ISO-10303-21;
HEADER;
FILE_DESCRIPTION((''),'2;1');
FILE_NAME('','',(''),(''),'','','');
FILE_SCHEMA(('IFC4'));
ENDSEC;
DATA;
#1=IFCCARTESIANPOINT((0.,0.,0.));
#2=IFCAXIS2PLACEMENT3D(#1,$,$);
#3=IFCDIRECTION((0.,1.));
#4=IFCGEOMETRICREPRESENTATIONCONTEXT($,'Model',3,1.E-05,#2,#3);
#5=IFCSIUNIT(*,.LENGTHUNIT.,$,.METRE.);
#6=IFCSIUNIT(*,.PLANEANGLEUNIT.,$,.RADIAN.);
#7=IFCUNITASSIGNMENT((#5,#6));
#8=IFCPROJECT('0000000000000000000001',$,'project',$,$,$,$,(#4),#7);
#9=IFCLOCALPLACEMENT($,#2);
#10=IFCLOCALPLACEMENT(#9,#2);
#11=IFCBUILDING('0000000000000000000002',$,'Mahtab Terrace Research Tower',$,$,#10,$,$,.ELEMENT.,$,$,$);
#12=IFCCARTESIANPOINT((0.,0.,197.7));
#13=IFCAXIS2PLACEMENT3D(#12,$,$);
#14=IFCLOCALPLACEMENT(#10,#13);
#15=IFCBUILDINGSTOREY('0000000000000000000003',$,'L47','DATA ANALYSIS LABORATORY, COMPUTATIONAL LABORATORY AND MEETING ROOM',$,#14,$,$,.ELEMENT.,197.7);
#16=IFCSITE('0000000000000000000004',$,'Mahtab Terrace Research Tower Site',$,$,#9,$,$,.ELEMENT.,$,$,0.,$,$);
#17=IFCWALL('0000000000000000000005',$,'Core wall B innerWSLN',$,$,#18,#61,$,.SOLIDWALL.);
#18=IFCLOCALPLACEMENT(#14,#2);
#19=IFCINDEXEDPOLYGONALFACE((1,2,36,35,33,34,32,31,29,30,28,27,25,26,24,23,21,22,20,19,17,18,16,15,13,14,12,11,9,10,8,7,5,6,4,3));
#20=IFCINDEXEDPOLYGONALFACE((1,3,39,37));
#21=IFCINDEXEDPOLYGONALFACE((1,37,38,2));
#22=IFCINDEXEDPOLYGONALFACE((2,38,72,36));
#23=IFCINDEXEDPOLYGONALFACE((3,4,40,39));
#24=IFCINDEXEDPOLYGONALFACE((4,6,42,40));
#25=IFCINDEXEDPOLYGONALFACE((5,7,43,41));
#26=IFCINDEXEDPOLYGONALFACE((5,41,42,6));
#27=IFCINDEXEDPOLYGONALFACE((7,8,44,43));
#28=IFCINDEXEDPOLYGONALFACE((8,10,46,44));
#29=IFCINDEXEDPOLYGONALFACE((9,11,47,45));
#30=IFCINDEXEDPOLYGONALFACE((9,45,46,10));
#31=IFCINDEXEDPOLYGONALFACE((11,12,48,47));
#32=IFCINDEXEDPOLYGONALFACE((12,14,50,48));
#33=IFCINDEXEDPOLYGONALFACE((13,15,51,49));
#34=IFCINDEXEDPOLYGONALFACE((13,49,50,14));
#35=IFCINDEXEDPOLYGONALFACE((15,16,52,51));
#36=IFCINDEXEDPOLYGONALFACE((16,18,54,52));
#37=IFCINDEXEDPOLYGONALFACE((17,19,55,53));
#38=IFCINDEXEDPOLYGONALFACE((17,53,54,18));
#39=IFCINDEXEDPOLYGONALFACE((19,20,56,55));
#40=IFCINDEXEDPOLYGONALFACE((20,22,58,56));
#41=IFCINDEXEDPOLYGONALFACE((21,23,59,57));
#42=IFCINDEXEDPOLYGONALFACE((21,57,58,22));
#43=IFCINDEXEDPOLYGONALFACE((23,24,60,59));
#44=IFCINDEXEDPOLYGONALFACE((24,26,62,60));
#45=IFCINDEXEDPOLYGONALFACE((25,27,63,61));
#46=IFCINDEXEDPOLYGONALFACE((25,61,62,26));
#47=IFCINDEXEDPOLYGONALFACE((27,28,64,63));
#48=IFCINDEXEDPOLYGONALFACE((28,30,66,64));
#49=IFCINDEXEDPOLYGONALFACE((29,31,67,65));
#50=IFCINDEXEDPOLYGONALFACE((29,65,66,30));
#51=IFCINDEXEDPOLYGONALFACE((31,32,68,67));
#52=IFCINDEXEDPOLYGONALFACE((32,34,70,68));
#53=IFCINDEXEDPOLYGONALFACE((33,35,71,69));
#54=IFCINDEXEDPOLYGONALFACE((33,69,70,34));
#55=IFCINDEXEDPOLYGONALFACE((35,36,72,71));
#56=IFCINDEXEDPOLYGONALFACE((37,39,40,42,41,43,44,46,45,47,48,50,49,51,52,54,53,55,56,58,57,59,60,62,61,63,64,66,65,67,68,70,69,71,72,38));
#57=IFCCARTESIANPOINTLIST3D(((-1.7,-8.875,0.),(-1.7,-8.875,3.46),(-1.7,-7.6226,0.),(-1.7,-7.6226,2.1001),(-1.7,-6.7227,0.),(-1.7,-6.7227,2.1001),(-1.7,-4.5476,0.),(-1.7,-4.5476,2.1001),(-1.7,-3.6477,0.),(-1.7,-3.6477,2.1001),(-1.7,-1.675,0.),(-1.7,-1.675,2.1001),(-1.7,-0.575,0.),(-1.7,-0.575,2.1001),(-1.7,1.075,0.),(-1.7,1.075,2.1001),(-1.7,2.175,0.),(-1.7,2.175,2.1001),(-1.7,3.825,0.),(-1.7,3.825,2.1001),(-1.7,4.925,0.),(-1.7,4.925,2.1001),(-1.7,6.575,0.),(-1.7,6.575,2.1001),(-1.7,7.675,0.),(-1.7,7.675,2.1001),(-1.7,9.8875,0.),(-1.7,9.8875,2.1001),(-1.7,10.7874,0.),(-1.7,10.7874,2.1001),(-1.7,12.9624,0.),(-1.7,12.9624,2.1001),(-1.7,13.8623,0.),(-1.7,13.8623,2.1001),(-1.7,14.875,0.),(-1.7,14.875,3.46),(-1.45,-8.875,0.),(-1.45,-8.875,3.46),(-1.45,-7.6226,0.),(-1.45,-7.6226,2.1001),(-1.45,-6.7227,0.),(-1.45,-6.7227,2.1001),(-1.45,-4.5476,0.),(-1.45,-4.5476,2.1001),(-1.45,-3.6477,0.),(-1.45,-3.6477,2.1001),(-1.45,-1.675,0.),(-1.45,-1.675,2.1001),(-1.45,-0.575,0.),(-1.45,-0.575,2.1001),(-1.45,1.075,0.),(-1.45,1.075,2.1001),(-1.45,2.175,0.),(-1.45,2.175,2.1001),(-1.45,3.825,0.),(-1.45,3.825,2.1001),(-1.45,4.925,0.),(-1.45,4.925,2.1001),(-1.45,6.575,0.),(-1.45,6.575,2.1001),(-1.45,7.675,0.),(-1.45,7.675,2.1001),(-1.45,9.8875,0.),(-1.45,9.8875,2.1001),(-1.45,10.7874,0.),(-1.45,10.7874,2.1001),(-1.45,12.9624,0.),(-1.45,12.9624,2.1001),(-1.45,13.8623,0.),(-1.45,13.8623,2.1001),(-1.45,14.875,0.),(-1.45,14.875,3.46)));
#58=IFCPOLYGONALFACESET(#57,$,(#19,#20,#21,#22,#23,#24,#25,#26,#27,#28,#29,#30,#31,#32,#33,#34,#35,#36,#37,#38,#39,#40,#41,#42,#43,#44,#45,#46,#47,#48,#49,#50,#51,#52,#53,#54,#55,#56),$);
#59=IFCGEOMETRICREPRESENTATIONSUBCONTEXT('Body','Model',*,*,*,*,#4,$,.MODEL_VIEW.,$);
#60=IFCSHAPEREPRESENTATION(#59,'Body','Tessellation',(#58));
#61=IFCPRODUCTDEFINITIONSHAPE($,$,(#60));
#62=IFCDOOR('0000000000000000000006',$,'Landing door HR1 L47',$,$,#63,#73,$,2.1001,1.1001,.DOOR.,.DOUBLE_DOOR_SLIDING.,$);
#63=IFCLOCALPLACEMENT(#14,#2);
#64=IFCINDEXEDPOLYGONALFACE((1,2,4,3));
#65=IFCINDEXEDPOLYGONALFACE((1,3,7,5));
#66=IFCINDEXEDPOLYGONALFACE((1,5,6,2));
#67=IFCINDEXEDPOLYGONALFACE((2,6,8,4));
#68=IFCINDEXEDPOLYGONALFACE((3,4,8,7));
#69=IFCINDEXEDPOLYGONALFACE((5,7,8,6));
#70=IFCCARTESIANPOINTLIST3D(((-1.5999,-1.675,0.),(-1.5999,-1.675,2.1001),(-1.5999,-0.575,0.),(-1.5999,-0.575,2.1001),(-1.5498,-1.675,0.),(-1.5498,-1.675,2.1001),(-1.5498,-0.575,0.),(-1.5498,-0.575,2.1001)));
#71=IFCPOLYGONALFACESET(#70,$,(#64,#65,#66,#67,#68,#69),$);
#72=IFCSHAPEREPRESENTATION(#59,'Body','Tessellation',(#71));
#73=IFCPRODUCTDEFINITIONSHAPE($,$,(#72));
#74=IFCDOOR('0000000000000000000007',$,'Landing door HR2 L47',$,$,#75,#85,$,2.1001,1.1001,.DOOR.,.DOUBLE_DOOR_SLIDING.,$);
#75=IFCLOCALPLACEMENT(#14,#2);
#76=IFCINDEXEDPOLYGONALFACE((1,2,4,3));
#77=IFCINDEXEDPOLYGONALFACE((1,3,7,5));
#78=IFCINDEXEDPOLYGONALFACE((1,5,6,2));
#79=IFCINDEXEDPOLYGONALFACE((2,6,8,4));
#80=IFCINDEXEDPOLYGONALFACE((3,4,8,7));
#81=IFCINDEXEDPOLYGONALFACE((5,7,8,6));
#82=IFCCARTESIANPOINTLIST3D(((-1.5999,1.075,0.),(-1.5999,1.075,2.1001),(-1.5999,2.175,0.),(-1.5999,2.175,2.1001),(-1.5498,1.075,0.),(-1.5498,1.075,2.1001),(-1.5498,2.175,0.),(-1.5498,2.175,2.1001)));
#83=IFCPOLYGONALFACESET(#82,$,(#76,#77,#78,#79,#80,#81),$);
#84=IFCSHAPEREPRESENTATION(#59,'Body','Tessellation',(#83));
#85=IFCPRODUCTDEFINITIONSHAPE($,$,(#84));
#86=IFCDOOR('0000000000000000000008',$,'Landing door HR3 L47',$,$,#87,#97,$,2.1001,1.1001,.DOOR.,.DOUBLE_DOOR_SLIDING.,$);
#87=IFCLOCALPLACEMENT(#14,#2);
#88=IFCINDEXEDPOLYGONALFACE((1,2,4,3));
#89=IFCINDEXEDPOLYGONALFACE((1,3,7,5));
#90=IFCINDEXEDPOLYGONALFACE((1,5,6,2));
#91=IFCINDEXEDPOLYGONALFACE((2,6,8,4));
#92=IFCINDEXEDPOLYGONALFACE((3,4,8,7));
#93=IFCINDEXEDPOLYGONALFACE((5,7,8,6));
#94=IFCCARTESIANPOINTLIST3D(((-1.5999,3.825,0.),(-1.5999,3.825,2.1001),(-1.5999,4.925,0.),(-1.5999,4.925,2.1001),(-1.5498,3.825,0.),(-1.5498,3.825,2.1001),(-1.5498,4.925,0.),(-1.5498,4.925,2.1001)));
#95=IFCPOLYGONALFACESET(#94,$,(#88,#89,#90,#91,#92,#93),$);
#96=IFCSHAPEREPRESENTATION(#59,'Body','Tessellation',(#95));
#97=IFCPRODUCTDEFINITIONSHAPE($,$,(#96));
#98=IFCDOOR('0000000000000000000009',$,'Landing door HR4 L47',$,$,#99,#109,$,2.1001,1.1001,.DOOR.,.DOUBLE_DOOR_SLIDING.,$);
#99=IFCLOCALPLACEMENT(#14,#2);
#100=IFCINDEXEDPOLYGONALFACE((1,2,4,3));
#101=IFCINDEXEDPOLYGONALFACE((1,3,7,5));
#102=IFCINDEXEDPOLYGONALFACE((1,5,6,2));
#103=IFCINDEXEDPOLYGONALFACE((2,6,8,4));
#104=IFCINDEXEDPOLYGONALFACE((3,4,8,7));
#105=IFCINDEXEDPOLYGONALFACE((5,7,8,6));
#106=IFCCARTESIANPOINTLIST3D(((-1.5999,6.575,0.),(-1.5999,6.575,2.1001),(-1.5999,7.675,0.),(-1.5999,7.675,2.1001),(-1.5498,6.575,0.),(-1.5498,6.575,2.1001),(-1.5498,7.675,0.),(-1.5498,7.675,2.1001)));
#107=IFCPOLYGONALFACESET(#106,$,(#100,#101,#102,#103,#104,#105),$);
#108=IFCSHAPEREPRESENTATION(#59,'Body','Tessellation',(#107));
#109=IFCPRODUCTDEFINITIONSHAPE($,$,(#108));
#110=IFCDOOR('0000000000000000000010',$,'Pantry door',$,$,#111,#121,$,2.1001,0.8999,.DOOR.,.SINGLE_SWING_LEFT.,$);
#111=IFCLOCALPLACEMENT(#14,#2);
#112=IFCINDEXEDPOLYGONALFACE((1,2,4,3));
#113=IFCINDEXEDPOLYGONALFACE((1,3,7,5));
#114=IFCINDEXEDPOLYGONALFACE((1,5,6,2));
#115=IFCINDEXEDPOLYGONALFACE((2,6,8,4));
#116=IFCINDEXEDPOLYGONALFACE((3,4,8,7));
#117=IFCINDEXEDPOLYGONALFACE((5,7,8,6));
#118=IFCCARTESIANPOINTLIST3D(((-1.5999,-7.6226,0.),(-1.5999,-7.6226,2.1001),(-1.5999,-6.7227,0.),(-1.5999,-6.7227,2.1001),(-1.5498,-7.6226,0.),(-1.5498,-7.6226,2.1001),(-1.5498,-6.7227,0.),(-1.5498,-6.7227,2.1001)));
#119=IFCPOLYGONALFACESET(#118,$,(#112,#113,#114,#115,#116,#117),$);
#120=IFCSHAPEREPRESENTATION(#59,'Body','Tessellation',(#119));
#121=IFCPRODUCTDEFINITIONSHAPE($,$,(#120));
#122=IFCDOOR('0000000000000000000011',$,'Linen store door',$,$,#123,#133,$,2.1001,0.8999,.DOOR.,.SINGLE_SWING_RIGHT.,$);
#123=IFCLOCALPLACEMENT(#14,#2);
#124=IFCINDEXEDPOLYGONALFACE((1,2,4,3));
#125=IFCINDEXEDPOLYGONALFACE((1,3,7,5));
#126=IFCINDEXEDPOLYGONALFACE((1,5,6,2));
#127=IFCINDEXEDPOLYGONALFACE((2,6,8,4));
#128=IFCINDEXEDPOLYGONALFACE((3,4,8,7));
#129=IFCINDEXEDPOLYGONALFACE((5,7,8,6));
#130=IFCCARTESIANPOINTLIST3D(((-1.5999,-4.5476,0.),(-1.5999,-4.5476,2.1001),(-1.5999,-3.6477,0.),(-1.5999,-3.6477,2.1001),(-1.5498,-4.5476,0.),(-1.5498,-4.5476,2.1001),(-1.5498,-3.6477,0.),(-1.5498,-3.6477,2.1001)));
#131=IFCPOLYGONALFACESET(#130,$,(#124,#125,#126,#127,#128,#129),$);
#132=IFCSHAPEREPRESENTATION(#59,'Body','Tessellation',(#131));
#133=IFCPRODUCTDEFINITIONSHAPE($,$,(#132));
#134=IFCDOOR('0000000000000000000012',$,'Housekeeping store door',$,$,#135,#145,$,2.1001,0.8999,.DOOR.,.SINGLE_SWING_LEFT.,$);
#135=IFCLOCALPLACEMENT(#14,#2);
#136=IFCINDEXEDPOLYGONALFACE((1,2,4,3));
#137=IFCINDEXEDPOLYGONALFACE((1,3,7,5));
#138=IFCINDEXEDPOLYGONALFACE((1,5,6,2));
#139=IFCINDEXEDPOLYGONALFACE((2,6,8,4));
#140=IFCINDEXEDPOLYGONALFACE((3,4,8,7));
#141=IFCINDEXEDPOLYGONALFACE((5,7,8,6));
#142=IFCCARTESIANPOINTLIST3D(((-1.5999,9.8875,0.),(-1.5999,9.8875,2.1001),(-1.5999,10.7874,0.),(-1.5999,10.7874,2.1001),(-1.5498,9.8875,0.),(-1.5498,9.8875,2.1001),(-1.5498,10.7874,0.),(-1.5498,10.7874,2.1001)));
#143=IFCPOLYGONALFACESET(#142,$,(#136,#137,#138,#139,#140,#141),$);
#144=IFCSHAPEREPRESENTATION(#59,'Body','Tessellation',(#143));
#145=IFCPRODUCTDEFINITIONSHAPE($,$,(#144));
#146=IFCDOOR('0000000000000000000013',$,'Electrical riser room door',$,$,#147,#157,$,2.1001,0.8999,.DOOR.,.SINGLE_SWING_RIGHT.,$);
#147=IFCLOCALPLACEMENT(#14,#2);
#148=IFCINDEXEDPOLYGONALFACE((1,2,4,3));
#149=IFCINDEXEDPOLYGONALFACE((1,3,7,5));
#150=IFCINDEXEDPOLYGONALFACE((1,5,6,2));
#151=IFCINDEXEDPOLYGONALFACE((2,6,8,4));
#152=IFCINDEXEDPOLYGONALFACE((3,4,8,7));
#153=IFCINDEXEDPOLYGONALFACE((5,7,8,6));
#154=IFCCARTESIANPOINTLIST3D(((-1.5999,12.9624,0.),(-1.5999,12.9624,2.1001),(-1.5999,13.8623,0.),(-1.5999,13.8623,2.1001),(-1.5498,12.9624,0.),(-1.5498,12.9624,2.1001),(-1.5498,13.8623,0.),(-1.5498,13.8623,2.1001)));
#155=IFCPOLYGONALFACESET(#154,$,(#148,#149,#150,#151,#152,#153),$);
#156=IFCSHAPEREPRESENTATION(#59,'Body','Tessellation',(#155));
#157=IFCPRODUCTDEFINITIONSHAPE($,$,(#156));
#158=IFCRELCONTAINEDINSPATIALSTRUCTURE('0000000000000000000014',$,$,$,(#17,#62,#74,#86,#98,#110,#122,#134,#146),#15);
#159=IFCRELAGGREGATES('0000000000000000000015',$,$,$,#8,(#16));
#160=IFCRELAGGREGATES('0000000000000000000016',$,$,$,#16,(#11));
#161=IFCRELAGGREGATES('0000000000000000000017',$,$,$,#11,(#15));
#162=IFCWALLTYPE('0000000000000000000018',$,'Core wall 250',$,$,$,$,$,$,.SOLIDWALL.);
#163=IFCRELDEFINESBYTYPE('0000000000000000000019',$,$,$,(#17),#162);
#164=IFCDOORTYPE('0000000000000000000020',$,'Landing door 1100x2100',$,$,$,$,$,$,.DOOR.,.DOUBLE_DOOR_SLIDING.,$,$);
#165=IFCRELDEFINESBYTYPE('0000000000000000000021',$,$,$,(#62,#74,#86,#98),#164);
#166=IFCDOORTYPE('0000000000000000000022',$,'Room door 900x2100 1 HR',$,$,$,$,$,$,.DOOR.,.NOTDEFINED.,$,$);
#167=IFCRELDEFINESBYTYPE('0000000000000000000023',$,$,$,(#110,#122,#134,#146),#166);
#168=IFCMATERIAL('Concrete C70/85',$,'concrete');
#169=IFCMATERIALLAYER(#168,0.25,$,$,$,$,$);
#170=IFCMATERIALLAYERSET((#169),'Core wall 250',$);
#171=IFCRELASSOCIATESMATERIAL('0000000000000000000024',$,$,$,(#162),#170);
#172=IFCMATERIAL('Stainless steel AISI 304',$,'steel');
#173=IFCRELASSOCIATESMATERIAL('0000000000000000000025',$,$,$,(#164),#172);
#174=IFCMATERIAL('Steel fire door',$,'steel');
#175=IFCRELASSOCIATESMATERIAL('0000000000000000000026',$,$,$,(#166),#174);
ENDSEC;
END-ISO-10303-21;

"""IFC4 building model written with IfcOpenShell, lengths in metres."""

from ifc_helpers import new_model, si_unit, direction, frame, frame_2d, origin, place, context, subcontext, project, spatial, rectangle, extrude, material, layer, layer_set, type_object, element, fill, save


model = new_model("IFC4")

# Units and contexts
model_context = context("Model", 3, precision=1e-05, world=origin(), true_north=direction((0.0, 1.0)))
body_context = subcontext(model_context, "Body", "Model", "MODEL_VIEW")
ifc_project = project(units=[si_unit("LENGTHUNIT", "METRE"), si_unit("PLANEANGLEUNIT", "RADIAN")], contexts=[model_context])

# Site, building, storey
site_placement = place(None, origin())
site = spatial("IfcSite", under=ifc_project, at=site_placement, Name="Mahtab Terrace Research Tower Site", CompositionType="ELEMENT", RefElevation=0.0)
building_placement = place(site_placement, origin())
building = spatial("IfcBuilding", under=site, at=building_placement, Name="Mahtab Terrace Research Tower", CompositionType="ELEMENT")
storey_placement = place(building_placement, frame((0.0, 0.0, 197.7)))
storey = spatial("IfcBuildingStorey", under=building, at=storey_placement, Name="L47", Description="DATA ANALYSIS LABORATORY, COMPUTATIONAL LABORATORY AND MEETING ROOM", CompositionType="ELEMENT", Elevation=197.7)

# Shared definitions
ifc_material_1 = material(Name="Concrete C70/85", Category="concrete")

# Shared definitions
ifc_layer_1 = layer(ifc_material_1, 0.25)
ifc_layer_set_1 = layer_set([ifc_layer_1], Name="Core wall 250")
wall_type_1 = type_object("IfcWallType", Name="Core wall 250", PredefinedType="SOLIDWALL", material=ifc_layer_set_1)

# Shared definitions
ifc_material_2 = material(Name="Steel fire door", Category="steel")

# Wall, openings, doors
wall_1_placement = place(storey_placement, frame((-1.575, -8.875, 0.0), z_axis=(0.0, 0.0, 1.0), x_axis=(0.0, 1.0, 0.0)))
wall_1 = element("IfcWall", 1, at=wall_1_placement, inside=storey, type_object=wall_type_1, Name="Core wall B innerWSLN", PredefinedType="SOLIDWALL", context=body_context, shape_type="SweptSolid", body=[
    extrude(rectangle(XDim=23.75, YDim=0.25, at=frame_2d((11.875, 0.0))), origin(), (0.0, 0.0, 1.0), 3.46),
])
opening_1_placement = place(wall_1_placement, frame((7.2, 0.0, 0.0)))
opening_1 = element("IfcOpeningElement", 2, at=opening_1_placement, cuts=wall_1, PredefinedType="OPENING", context=body_context, shape_type="SweptSolid", body=[
    extrude(rectangle(XDim=1.1001, YDim=2.1001, at=frame_2d((0.55, 1.05))), frame((0.0, 0.135, 0.0), z_axis=(0.0, -1.0, 0.0), x_axis=(1.0, 0.0, 0.0)), (0.0, 0.0, 1.0), 0.27),
])
opening_2_placement = place(wall_1_placement, frame((9.95, 0.0, 0.0)))
opening_2 = element("IfcOpeningElement", 3, at=opening_2_placement, cuts=wall_1, PredefinedType="OPENING", context=body_context, shape_type="SweptSolid", body=[
    extrude(rectangle(XDim=1.1001, YDim=2.1001, at=frame_2d((0.55, 1.05))), frame((0.0, 0.135, 0.0), z_axis=(0.0, -1.0, 0.0), x_axis=(1.0, 0.0, 0.0)), (0.0, 0.0, 1.0), 0.27),
])
opening_3_placement = place(wall_1_placement, frame((12.7, 0.0, 0.0)))
opening_3 = element("IfcOpeningElement", 4, at=opening_3_placement, cuts=wall_1, PredefinedType="OPENING", context=body_context, shape_type="SweptSolid", body=[
    extrude(rectangle(XDim=1.1001, YDim=2.1001, at=frame_2d((0.55, 1.05))), frame((0.0, 0.135, 0.0), z_axis=(0.0, -1.0, 0.0), x_axis=(1.0, 0.0, 0.0)), (0.0, 0.0, 1.0), 0.27),
])
opening_4_placement = place(wall_1_placement, frame((15.45, 0.0, 0.0)))
opening_4 = element("IfcOpeningElement", 5, at=opening_4_placement, cuts=wall_1, PredefinedType="OPENING", context=body_context, shape_type="SweptSolid", body=[
    extrude(rectangle(XDim=1.1001, YDim=2.1001, at=frame_2d((0.55, 1.05))), frame((0.0, 0.135, 0.0), z_axis=(0.0, -1.0, 0.0), x_axis=(1.0, 0.0, 0.0)), (0.0, 0.0, 1.0), 0.27),
])
opening_5_placement = place(wall_1_placement, frame((1.2524, 0.0, 0.0)))
opening_5 = element("IfcOpeningElement", 6, at=opening_5_placement, cuts=wall_1, PredefinedType="OPENING", context=body_context, shape_type="SweptSolid", body=[
    extrude(rectangle(XDim=0.8999, YDim=2.1001, at=frame_2d((0.45, 1.05))), frame((0.0, 0.135, 0.0), z_axis=(0.0, -1.0, 0.0), x_axis=(1.0, 0.0, 0.0)), (0.0, 0.0, 1.0), 0.27),
])
opening_6_placement = place(wall_1_placement, frame((4.3274, 0.0, 0.0)))
opening_6 = element("IfcOpeningElement", 7, at=opening_6_placement, cuts=wall_1, PredefinedType="OPENING", context=body_context, shape_type="SweptSolid", body=[
    extrude(rectangle(XDim=0.8999, YDim=2.1001, at=frame_2d((0.45, 1.05))), frame((0.0, 0.135, 0.0), z_axis=(0.0, -1.0, 0.0), x_axis=(1.0, 0.0, 0.0)), (0.0, 0.0, 1.0), 0.27),
])
opening_7_placement = place(wall_1_placement, frame((18.7625, 0.0, 0.0)))
opening_7 = element("IfcOpeningElement", 8, at=opening_7_placement, cuts=wall_1, PredefinedType="OPENING", context=body_context, shape_type="SweptSolid", body=[
    extrude(rectangle(XDim=0.8999, YDim=2.1001, at=frame_2d((0.45, 1.05))), frame((0.0, 0.135, 0.0), z_axis=(0.0, -1.0, 0.0), x_axis=(1.0, 0.0, 0.0)), (0.0, 0.0, 1.0), 0.27),
])
opening_8_placement = place(wall_1_placement, frame((21.8374, 0.0, 0.0)))
opening_8 = element("IfcOpeningElement", 9, at=opening_8_placement, cuts=wall_1, PredefinedType="OPENING", context=body_context, shape_type="SweptSolid", body=[
    extrude(rectangle(XDim=0.8999, YDim=2.1001, at=frame_2d((0.45, 1.05))), frame((0.0, 0.135, 0.0), z_axis=(0.0, -1.0, 0.0), x_axis=(1.0, 0.0, 0.0)), (0.0, 0.0, 1.0), 0.27),
])
ifc_material_3 = material(Name="Stainless steel AISI 304", Category="steel")
door_type_1 = type_object("IfcDoorType", Name="Landing door 1100x2100", OperationType="DOUBLE_DOOR_SLIDING", PredefinedType="DOOR", material=ifc_material_3)
door_1_placement = place(opening_1_placement, origin())
door_1 = element("IfcDoor", 10, at=door_1_placement, inside=storey, type_object=door_type_1, Name="Landing door HR1 L47", OperationType="DOUBLE_DOOR_SLIDING", OverallHeight=2.1001, OverallWidth=1.1001, PredefinedType="DOOR", context=body_context, shape_type="SweptSolid", body=[
    extrude(rectangle(XDim=1.1001, YDim=2.1001, at=frame_2d((0.55, 1.05))), frame((0.0, 0.0249, 0.0), z_axis=(0.0, -1.0, 0.0), x_axis=(1.0, 0.0, 0.0)), (0.0, 0.0, 1.0), 0.05),
])
fill(opening_1, door_1)
door_2_placement = place(opening_2_placement, origin())
door_2 = element("IfcDoor", 11, at=door_2_placement, inside=storey, type_object=door_type_1, Name="Landing door HR2 L47", OperationType="DOUBLE_DOOR_SLIDING", OverallHeight=2.1001, OverallWidth=1.1001, PredefinedType="DOOR", context=body_context, shape_type="SweptSolid", body=[
    extrude(rectangle(XDim=1.1001, YDim=2.1001, at=frame_2d((0.55, 1.05))), frame((0.0, 0.0249, 0.0), z_axis=(0.0, -1.0, 0.0), x_axis=(1.0, 0.0, 0.0)), (0.0, 0.0, 1.0), 0.05),
])
fill(opening_2, door_2)
door_3_placement = place(opening_3_placement, origin())
door_3 = element("IfcDoor", 12, at=door_3_placement, inside=storey, type_object=door_type_1, Name="Landing door HR3 L47", OperationType="DOUBLE_DOOR_SLIDING", OverallHeight=2.1001, OverallWidth=1.1001, PredefinedType="DOOR", context=body_context, shape_type="SweptSolid", body=[
    extrude(rectangle(XDim=1.1001, YDim=2.1001, at=frame_2d((0.55, 1.05))), frame((0.0, 0.0249, 0.0), z_axis=(0.0, -1.0, 0.0), x_axis=(1.0, 0.0, 0.0)), (0.0, 0.0, 1.0), 0.05),
])
fill(opening_3, door_3)
door_4_placement = place(opening_4_placement, origin())
door_4 = element("IfcDoor", 13, at=door_4_placement, inside=storey, type_object=door_type_1, Name="Landing door HR4 L47", OperationType="DOUBLE_DOOR_SLIDING", OverallHeight=2.1001, OverallWidth=1.1001, PredefinedType="DOOR", context=body_context, shape_type="SweptSolid", body=[
    extrude(rectangle(XDim=1.1001, YDim=2.1001, at=frame_2d((0.55, 1.05))), frame((0.0, 0.0249, 0.0), z_axis=(0.0, -1.0, 0.0), x_axis=(1.0, 0.0, 0.0)), (0.0, 0.0, 1.0), 0.05),
])
fill(opening_4, door_4)
door_type_2 = type_object("IfcDoorType", Name="Room door 900x2100 1 HR", OperationType="NOTDEFINED", PredefinedType="DOOR", material=ifc_material_2)
door_5_placement = place(opening_5_placement, origin())
door_5 = element("IfcDoor", 14, at=door_5_placement, inside=storey, type_object=door_type_2, Name="Pantry door", OperationType="SINGLE_SWING_LEFT", OverallHeight=2.1001, OverallWidth=0.8999, PredefinedType="DOOR", context=body_context, shape_type="SweptSolid", body=[
    extrude(rectangle(XDim=0.8999, YDim=2.1001, at=frame_2d((0.45, 1.05))), frame((0.0, 0.0249, 0.0), z_axis=(0.0, -1.0, 0.0), x_axis=(1.0, 0.0, 0.0)), (0.0, 0.0, 1.0), 0.05),
])
fill(opening_5, door_5)
door_6_placement = place(opening_6_placement, origin())
door_6 = element("IfcDoor", 15, at=door_6_placement, inside=storey, type_object=door_type_2, Name="Linen store door", OperationType="SINGLE_SWING_RIGHT", OverallHeight=2.1001, OverallWidth=0.8999, PredefinedType="DOOR", context=body_context, shape_type="SweptSolid", body=[
    extrude(rectangle(XDim=0.8999, YDim=2.1001, at=frame_2d((0.45, 1.05))), frame((0.0, 0.0249, 0.0), z_axis=(0.0, -1.0, 0.0), x_axis=(1.0, 0.0, 0.0)), (0.0, 0.0, 1.0), 0.05),
])
fill(opening_6, door_6)
door_7_placement = place(opening_7_placement, origin())
door_7 = element("IfcDoor", 16, at=door_7_placement, inside=storey, type_object=door_type_2, Name="Housekeeping store door", OperationType="SINGLE_SWING_LEFT", OverallHeight=2.1001, OverallWidth=0.8999, PredefinedType="DOOR", context=body_context, shape_type="SweptSolid", body=[
    extrude(rectangle(XDim=0.8999, YDim=2.1001, at=frame_2d((0.45, 1.05))), frame((0.0, 0.0249, 0.0), z_axis=(0.0, -1.0, 0.0), x_axis=(1.0, 0.0, 0.0)), (0.0, 0.0, 1.0), 0.05),
])
fill(opening_7, door_7)
door_8_placement = place(opening_8_placement, origin())
door_8 = element("IfcDoor", 17, at=door_8_placement, inside=storey, type_object=door_type_2, Name="Electrical riser room door", OperationType="SINGLE_SWING_RIGHT", OverallHeight=2.1001, OverallWidth=0.8999, PredefinedType="DOOR", context=body_context, shape_type="SweptSolid", body=[
    extrude(rectangle(XDim=0.8999, YDim=2.1001, at=frame_2d((0.45, 1.05))), frame((0.0, 0.0249, 0.0), z_axis=(0.0, -1.0, 0.0), x_axis=(1.0, 0.0, 0.0)), (0.0, 0.0, 1.0), 0.05),
])
fill(opening_8, door_8)

save(model, "model.ifc")
